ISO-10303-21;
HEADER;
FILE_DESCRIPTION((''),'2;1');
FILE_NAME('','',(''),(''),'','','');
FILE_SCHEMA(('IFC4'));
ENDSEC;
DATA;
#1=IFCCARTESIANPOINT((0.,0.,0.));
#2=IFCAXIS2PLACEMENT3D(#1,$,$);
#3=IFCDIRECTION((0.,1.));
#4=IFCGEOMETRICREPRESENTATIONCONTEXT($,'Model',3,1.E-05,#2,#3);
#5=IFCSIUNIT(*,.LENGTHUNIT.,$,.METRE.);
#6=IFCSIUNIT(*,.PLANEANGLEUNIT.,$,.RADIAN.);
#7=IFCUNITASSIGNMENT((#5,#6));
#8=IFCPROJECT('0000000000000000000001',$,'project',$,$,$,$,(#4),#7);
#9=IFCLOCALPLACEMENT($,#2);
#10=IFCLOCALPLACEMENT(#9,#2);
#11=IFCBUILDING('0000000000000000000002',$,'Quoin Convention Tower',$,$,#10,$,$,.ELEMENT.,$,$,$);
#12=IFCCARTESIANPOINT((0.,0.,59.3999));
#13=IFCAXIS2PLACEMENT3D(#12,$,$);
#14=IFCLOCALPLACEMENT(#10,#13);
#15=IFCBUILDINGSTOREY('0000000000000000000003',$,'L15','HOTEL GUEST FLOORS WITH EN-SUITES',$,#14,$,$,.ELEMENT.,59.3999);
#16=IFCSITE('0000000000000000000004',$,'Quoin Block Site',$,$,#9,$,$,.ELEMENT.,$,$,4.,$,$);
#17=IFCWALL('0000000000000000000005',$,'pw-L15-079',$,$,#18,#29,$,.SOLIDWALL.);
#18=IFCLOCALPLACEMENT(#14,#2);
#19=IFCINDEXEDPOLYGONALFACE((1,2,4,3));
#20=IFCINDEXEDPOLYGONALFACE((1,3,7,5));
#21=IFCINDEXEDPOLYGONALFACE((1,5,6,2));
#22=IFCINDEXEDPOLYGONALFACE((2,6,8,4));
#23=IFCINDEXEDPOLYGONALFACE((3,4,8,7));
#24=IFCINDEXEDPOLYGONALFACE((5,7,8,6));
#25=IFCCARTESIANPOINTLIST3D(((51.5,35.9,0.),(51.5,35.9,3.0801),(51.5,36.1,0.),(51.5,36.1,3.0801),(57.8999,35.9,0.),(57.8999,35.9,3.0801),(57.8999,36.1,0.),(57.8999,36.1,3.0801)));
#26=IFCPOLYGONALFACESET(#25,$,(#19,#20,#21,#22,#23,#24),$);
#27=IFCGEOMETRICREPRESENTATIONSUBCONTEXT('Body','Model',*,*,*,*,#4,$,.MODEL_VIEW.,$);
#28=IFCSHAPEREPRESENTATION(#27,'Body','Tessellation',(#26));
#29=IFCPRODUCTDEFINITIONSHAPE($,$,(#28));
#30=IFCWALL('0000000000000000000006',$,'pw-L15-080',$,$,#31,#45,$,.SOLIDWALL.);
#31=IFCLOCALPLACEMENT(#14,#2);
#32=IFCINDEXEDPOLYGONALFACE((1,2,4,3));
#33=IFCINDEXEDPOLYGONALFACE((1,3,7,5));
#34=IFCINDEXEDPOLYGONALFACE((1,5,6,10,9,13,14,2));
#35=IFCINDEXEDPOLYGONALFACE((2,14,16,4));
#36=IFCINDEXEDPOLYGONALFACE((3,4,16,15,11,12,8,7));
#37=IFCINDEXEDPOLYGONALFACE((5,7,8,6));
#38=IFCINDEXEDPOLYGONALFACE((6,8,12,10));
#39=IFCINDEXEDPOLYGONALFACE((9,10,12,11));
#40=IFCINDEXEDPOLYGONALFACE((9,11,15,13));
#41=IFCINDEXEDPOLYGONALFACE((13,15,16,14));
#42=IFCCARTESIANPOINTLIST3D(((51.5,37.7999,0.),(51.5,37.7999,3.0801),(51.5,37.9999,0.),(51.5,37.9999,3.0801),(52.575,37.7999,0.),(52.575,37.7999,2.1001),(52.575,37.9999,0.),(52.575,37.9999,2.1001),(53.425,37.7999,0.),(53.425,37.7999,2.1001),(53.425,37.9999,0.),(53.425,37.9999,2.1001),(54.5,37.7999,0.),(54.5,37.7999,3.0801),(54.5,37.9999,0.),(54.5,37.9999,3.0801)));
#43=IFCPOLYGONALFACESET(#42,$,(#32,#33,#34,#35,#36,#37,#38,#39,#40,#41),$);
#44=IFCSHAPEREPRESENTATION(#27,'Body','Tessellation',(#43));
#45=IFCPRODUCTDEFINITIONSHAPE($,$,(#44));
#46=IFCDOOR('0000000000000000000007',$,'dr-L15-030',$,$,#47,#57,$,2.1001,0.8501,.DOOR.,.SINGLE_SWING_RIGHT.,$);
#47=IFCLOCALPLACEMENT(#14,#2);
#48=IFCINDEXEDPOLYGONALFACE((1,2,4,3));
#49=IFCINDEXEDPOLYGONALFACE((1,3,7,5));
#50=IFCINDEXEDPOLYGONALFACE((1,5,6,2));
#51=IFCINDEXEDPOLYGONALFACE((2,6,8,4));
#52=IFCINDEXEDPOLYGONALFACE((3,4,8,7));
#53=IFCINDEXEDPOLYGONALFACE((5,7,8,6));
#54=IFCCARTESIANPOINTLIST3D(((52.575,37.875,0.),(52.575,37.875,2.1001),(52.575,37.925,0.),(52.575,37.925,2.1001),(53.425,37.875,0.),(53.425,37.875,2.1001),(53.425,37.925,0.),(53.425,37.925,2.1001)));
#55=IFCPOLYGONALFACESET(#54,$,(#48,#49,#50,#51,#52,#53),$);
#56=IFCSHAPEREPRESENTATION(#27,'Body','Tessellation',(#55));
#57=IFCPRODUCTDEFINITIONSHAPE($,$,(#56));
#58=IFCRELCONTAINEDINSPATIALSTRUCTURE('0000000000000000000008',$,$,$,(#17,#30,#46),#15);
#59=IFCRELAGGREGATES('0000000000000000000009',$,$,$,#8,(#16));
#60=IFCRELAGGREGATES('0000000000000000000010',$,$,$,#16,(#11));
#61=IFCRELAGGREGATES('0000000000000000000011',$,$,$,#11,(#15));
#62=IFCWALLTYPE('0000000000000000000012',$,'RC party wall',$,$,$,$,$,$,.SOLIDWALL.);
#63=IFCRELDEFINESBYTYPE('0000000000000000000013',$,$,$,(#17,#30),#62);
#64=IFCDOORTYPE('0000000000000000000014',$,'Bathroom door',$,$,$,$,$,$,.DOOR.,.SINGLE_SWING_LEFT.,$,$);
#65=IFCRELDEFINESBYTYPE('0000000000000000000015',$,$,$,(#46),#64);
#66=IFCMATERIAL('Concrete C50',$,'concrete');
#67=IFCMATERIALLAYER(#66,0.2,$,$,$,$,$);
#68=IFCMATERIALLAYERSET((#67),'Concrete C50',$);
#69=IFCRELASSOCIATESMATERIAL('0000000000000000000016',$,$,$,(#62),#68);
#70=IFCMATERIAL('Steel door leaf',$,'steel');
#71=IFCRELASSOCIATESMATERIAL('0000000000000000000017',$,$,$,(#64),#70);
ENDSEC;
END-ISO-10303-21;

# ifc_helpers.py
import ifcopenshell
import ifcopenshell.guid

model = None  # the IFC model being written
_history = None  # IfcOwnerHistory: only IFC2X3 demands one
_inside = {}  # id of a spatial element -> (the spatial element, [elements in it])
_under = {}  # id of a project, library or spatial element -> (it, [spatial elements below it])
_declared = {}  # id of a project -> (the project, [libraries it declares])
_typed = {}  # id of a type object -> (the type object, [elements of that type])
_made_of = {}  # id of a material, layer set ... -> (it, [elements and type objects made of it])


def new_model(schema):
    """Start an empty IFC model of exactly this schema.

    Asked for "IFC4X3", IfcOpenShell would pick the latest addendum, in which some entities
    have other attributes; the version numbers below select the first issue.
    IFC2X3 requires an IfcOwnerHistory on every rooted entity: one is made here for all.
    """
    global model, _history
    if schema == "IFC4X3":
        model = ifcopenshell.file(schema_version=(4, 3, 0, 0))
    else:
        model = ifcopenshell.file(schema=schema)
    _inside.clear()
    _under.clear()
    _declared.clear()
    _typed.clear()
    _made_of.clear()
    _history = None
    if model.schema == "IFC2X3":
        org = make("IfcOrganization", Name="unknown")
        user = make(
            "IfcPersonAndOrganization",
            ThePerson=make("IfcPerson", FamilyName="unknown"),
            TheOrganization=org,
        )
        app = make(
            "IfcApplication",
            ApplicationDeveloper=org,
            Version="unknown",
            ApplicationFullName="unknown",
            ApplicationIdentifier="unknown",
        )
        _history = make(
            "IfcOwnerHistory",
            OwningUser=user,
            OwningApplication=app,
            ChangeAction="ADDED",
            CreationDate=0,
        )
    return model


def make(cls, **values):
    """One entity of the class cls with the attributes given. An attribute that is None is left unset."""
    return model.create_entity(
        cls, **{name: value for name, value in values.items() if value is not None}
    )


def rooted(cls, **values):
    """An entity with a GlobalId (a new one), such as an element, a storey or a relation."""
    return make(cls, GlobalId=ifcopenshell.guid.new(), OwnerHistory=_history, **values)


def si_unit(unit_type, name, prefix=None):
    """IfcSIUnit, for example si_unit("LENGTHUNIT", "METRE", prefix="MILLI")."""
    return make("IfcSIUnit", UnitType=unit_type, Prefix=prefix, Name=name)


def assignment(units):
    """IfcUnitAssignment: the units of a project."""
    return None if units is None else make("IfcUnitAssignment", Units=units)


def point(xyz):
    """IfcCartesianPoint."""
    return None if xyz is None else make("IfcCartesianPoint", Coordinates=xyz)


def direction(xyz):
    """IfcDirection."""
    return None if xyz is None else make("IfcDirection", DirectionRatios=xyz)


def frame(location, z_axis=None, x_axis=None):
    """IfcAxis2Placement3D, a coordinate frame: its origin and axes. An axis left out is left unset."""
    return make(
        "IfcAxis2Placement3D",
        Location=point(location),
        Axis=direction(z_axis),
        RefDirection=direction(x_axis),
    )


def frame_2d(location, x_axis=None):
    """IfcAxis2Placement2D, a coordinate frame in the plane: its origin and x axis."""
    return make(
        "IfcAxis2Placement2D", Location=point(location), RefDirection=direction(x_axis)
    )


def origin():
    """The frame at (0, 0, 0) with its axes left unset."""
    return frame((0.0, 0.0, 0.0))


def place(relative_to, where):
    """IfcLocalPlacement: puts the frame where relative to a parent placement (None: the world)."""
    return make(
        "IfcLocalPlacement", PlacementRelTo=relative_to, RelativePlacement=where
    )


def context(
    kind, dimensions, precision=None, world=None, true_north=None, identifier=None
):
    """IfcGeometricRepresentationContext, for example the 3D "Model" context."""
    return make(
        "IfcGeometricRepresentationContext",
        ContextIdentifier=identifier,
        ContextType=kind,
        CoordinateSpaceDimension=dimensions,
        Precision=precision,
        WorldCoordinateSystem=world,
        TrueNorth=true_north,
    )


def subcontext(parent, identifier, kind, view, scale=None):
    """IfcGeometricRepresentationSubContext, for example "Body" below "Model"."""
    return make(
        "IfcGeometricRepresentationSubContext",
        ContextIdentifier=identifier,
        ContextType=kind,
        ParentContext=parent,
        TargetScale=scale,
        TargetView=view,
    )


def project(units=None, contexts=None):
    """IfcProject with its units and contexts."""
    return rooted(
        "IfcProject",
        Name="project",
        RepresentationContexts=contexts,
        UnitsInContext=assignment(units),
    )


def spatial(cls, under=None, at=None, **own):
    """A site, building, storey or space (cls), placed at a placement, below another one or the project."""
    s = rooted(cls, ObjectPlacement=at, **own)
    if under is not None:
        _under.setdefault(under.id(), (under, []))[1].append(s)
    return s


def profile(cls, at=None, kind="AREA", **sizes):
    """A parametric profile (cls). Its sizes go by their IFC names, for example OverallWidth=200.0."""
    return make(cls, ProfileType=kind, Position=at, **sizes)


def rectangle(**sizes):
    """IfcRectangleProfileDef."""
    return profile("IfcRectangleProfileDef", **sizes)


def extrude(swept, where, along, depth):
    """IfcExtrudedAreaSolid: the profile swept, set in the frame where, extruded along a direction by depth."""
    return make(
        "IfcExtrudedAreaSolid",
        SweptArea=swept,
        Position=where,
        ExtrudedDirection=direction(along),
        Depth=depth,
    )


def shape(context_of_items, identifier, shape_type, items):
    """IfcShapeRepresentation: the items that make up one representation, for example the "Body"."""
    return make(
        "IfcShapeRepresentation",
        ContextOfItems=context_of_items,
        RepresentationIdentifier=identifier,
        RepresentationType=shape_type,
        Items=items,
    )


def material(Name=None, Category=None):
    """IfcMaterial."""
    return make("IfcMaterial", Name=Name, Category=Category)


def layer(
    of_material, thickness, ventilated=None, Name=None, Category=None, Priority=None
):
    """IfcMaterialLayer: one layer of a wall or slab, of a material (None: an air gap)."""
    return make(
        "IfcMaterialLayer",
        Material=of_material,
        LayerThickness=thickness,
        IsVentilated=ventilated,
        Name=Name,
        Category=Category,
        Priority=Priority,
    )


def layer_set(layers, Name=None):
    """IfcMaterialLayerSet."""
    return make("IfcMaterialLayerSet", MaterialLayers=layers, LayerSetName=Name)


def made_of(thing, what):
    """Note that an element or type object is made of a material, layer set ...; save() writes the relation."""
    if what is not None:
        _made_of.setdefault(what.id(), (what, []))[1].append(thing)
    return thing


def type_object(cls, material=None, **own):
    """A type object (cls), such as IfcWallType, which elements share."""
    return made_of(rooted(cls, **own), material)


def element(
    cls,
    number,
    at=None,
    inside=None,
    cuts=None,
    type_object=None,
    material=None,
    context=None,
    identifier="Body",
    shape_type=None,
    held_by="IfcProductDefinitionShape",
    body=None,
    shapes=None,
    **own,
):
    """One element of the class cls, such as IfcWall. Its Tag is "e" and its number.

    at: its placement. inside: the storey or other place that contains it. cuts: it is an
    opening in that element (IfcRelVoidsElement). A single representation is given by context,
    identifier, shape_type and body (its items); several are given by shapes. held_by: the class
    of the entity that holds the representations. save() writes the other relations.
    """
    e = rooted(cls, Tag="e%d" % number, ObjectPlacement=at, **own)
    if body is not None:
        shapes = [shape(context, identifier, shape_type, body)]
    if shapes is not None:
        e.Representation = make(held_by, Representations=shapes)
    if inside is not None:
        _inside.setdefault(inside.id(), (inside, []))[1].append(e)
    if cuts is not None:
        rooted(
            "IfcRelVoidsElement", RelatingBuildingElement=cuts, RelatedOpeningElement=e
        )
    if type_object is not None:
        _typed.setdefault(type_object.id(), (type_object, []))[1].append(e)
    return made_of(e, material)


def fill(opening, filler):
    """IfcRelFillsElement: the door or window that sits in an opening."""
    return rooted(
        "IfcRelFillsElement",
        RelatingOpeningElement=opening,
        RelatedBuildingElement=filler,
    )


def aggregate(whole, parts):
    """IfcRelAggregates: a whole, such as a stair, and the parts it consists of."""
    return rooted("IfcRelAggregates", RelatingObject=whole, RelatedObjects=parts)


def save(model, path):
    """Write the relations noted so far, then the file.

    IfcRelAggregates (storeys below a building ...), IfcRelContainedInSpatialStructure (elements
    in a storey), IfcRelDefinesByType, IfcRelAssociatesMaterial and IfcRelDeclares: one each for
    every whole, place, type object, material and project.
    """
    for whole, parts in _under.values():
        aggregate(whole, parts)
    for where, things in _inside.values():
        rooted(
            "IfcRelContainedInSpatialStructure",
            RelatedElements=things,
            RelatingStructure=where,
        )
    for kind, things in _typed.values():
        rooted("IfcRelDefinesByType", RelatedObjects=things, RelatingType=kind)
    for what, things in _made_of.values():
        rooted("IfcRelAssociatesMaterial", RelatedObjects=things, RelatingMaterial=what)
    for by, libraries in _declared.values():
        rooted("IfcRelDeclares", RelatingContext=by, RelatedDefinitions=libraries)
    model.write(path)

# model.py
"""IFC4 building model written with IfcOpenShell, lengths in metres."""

from ifc_helpers import new_model, si_unit, direction, frame, frame_2d, origin, place, context, subcontext, project, spatial, rectangle, extrude, material, layer, layer_set, type_object, element, fill, save


model = new_model("IFC4")

# Units and contexts
model_context = context("Model", 3, precision=1e-05, world=origin(), true_north=direction((0.0, 1.0)))
body_context = subcontext(model_context, "Body", "Model", "MODEL_VIEW")
ifc_project = project(units=[si_unit("LENGTHUNIT", "METRE"), si_unit("PLANEANGLEUNIT", "RADIAN")], contexts=[model_context])

# Site, building, storey
site_placement = place(None, origin())
site = spatial("IfcSite", under=ifc_project, at=site_placement, Name="Quoin Block Site", CompositionType="ELEMENT", RefElevation=4.0)
building_placement = place(site_placement, origin())
building = spatial("IfcBuilding", under=site, at=building_placement, Name="Quoin Convention Tower", CompositionType="ELEMENT")
storey_placement = place(building_placement, frame((0.0, 0.0, 59.3999)))
storey = spatial("IfcBuildingStorey", under=building, at=storey_placement, Name="L15", Description="HOTEL GUEST FLOORS WITH EN-SUITES", CompositionType="ELEMENT", Elevation=59.3999)

# Shared definitions
ifc_material_1 = material(Name="Concrete C50", Category="concrete")
ifc_layer = layer(ifc_material_1, 0.2)
ifc_layer_set = layer_set([ifc_layer], Name="Concrete C50")
wall_type = type_object("IfcWallType", Name="RC party wall", PredefinedType="SOLIDWALL", material=ifc_layer_set)

# Shared definitions
ifc_material_2 = material(Name="Steel door leaf", Category="steel")
door_type = type_object("IfcDoorType", Name="Bathroom door", OperationType="SINGLE_SWING_LEFT", PredefinedType="DOOR", material=ifc_material_2)

# Wall
wall_1_placement = place(storey_placement, frame((51.5, 36.0, 0.0), z_axis=(0.0, 0.0, 1.0), x_axis=(1.0, 0.0, 0.0)))
element("IfcWall", 1, at=wall_1_placement, inside=storey, type_object=wall_type, Name="pw-L15-079", PredefinedType="SOLIDWALL", context=body_context, shape_type="SweptSolid", body=[
    extrude(rectangle(XDim=6.3999, YDim=0.2, at=frame_2d((3.2, 0.0))), origin(), (0.0, 0.0, 1.0), 3.0801),
])

# Wall, opening, door
wall_2_placement = place(storey_placement, frame((51.5, 37.8999, 0.0), z_axis=(0.0, 0.0, 1.0), x_axis=(1.0, 0.0, 0.0)))
wall_2 = element("IfcWall", 2, at=wall_2_placement, inside=storey, type_object=wall_type, Name="pw-L15-080", PredefinedType="SOLIDWALL", context=body_context, shape_type="SweptSolid", body=[
    extrude(rectangle(XDim=3.0, YDim=0.2, at=frame_2d((1.5, 0.0))), origin(), (0.0, 0.0, 1.0), 3.0801),
])
opening_1_placement = place(wall_2_placement, frame((1.075, 0.0, 0.0)))
opening_1 = element("IfcOpeningElement", 3, at=opening_1_placement, cuts=wall_2, PredefinedType="OPENING", context=body_context, shape_type="SweptSolid", body=[
    extrude(rectangle(XDim=0.8501, YDim=2.1001, at=frame_2d((0.425, 1.05))), frame((0.0, 0.1099, 0.0), z_axis=(0.0, -1.0, 0.0), x_axis=(1.0, 0.0, 0.0)), (0.0, 0.0, 1.0), 0.22),
])
door_1_placement = place(opening_1_placement, frame((0.8501, 0.0, 0.0), z_axis=(0.0, 0.0, 1.0), x_axis=(-1.0, 0.0, 0.0)))
door_1 = element("IfcDoor", 4, at=door_1_placement, inside=storey, type_object=door_type, Name="dr-L15-030", OperationType="SINGLE_SWING_RIGHT", OverallHeight=2.1001, OverallWidth=0.8501, PredefinedType="DOOR", context=body_context, shape_type="SweptSolid", body=[
    extrude(rectangle(XDim=0.8501, YDim=2.1001, at=frame_2d((0.425, 1.05))), frame((0.0, 0.0249, 0.0), z_axis=(0.0, -1.0, 0.0), x_axis=(1.0, 0.0, 0.0)), (0.0, 0.0, 1.0), 0.05),
])
fill(opening_1, door_1)

save(model, "model.ifc")
